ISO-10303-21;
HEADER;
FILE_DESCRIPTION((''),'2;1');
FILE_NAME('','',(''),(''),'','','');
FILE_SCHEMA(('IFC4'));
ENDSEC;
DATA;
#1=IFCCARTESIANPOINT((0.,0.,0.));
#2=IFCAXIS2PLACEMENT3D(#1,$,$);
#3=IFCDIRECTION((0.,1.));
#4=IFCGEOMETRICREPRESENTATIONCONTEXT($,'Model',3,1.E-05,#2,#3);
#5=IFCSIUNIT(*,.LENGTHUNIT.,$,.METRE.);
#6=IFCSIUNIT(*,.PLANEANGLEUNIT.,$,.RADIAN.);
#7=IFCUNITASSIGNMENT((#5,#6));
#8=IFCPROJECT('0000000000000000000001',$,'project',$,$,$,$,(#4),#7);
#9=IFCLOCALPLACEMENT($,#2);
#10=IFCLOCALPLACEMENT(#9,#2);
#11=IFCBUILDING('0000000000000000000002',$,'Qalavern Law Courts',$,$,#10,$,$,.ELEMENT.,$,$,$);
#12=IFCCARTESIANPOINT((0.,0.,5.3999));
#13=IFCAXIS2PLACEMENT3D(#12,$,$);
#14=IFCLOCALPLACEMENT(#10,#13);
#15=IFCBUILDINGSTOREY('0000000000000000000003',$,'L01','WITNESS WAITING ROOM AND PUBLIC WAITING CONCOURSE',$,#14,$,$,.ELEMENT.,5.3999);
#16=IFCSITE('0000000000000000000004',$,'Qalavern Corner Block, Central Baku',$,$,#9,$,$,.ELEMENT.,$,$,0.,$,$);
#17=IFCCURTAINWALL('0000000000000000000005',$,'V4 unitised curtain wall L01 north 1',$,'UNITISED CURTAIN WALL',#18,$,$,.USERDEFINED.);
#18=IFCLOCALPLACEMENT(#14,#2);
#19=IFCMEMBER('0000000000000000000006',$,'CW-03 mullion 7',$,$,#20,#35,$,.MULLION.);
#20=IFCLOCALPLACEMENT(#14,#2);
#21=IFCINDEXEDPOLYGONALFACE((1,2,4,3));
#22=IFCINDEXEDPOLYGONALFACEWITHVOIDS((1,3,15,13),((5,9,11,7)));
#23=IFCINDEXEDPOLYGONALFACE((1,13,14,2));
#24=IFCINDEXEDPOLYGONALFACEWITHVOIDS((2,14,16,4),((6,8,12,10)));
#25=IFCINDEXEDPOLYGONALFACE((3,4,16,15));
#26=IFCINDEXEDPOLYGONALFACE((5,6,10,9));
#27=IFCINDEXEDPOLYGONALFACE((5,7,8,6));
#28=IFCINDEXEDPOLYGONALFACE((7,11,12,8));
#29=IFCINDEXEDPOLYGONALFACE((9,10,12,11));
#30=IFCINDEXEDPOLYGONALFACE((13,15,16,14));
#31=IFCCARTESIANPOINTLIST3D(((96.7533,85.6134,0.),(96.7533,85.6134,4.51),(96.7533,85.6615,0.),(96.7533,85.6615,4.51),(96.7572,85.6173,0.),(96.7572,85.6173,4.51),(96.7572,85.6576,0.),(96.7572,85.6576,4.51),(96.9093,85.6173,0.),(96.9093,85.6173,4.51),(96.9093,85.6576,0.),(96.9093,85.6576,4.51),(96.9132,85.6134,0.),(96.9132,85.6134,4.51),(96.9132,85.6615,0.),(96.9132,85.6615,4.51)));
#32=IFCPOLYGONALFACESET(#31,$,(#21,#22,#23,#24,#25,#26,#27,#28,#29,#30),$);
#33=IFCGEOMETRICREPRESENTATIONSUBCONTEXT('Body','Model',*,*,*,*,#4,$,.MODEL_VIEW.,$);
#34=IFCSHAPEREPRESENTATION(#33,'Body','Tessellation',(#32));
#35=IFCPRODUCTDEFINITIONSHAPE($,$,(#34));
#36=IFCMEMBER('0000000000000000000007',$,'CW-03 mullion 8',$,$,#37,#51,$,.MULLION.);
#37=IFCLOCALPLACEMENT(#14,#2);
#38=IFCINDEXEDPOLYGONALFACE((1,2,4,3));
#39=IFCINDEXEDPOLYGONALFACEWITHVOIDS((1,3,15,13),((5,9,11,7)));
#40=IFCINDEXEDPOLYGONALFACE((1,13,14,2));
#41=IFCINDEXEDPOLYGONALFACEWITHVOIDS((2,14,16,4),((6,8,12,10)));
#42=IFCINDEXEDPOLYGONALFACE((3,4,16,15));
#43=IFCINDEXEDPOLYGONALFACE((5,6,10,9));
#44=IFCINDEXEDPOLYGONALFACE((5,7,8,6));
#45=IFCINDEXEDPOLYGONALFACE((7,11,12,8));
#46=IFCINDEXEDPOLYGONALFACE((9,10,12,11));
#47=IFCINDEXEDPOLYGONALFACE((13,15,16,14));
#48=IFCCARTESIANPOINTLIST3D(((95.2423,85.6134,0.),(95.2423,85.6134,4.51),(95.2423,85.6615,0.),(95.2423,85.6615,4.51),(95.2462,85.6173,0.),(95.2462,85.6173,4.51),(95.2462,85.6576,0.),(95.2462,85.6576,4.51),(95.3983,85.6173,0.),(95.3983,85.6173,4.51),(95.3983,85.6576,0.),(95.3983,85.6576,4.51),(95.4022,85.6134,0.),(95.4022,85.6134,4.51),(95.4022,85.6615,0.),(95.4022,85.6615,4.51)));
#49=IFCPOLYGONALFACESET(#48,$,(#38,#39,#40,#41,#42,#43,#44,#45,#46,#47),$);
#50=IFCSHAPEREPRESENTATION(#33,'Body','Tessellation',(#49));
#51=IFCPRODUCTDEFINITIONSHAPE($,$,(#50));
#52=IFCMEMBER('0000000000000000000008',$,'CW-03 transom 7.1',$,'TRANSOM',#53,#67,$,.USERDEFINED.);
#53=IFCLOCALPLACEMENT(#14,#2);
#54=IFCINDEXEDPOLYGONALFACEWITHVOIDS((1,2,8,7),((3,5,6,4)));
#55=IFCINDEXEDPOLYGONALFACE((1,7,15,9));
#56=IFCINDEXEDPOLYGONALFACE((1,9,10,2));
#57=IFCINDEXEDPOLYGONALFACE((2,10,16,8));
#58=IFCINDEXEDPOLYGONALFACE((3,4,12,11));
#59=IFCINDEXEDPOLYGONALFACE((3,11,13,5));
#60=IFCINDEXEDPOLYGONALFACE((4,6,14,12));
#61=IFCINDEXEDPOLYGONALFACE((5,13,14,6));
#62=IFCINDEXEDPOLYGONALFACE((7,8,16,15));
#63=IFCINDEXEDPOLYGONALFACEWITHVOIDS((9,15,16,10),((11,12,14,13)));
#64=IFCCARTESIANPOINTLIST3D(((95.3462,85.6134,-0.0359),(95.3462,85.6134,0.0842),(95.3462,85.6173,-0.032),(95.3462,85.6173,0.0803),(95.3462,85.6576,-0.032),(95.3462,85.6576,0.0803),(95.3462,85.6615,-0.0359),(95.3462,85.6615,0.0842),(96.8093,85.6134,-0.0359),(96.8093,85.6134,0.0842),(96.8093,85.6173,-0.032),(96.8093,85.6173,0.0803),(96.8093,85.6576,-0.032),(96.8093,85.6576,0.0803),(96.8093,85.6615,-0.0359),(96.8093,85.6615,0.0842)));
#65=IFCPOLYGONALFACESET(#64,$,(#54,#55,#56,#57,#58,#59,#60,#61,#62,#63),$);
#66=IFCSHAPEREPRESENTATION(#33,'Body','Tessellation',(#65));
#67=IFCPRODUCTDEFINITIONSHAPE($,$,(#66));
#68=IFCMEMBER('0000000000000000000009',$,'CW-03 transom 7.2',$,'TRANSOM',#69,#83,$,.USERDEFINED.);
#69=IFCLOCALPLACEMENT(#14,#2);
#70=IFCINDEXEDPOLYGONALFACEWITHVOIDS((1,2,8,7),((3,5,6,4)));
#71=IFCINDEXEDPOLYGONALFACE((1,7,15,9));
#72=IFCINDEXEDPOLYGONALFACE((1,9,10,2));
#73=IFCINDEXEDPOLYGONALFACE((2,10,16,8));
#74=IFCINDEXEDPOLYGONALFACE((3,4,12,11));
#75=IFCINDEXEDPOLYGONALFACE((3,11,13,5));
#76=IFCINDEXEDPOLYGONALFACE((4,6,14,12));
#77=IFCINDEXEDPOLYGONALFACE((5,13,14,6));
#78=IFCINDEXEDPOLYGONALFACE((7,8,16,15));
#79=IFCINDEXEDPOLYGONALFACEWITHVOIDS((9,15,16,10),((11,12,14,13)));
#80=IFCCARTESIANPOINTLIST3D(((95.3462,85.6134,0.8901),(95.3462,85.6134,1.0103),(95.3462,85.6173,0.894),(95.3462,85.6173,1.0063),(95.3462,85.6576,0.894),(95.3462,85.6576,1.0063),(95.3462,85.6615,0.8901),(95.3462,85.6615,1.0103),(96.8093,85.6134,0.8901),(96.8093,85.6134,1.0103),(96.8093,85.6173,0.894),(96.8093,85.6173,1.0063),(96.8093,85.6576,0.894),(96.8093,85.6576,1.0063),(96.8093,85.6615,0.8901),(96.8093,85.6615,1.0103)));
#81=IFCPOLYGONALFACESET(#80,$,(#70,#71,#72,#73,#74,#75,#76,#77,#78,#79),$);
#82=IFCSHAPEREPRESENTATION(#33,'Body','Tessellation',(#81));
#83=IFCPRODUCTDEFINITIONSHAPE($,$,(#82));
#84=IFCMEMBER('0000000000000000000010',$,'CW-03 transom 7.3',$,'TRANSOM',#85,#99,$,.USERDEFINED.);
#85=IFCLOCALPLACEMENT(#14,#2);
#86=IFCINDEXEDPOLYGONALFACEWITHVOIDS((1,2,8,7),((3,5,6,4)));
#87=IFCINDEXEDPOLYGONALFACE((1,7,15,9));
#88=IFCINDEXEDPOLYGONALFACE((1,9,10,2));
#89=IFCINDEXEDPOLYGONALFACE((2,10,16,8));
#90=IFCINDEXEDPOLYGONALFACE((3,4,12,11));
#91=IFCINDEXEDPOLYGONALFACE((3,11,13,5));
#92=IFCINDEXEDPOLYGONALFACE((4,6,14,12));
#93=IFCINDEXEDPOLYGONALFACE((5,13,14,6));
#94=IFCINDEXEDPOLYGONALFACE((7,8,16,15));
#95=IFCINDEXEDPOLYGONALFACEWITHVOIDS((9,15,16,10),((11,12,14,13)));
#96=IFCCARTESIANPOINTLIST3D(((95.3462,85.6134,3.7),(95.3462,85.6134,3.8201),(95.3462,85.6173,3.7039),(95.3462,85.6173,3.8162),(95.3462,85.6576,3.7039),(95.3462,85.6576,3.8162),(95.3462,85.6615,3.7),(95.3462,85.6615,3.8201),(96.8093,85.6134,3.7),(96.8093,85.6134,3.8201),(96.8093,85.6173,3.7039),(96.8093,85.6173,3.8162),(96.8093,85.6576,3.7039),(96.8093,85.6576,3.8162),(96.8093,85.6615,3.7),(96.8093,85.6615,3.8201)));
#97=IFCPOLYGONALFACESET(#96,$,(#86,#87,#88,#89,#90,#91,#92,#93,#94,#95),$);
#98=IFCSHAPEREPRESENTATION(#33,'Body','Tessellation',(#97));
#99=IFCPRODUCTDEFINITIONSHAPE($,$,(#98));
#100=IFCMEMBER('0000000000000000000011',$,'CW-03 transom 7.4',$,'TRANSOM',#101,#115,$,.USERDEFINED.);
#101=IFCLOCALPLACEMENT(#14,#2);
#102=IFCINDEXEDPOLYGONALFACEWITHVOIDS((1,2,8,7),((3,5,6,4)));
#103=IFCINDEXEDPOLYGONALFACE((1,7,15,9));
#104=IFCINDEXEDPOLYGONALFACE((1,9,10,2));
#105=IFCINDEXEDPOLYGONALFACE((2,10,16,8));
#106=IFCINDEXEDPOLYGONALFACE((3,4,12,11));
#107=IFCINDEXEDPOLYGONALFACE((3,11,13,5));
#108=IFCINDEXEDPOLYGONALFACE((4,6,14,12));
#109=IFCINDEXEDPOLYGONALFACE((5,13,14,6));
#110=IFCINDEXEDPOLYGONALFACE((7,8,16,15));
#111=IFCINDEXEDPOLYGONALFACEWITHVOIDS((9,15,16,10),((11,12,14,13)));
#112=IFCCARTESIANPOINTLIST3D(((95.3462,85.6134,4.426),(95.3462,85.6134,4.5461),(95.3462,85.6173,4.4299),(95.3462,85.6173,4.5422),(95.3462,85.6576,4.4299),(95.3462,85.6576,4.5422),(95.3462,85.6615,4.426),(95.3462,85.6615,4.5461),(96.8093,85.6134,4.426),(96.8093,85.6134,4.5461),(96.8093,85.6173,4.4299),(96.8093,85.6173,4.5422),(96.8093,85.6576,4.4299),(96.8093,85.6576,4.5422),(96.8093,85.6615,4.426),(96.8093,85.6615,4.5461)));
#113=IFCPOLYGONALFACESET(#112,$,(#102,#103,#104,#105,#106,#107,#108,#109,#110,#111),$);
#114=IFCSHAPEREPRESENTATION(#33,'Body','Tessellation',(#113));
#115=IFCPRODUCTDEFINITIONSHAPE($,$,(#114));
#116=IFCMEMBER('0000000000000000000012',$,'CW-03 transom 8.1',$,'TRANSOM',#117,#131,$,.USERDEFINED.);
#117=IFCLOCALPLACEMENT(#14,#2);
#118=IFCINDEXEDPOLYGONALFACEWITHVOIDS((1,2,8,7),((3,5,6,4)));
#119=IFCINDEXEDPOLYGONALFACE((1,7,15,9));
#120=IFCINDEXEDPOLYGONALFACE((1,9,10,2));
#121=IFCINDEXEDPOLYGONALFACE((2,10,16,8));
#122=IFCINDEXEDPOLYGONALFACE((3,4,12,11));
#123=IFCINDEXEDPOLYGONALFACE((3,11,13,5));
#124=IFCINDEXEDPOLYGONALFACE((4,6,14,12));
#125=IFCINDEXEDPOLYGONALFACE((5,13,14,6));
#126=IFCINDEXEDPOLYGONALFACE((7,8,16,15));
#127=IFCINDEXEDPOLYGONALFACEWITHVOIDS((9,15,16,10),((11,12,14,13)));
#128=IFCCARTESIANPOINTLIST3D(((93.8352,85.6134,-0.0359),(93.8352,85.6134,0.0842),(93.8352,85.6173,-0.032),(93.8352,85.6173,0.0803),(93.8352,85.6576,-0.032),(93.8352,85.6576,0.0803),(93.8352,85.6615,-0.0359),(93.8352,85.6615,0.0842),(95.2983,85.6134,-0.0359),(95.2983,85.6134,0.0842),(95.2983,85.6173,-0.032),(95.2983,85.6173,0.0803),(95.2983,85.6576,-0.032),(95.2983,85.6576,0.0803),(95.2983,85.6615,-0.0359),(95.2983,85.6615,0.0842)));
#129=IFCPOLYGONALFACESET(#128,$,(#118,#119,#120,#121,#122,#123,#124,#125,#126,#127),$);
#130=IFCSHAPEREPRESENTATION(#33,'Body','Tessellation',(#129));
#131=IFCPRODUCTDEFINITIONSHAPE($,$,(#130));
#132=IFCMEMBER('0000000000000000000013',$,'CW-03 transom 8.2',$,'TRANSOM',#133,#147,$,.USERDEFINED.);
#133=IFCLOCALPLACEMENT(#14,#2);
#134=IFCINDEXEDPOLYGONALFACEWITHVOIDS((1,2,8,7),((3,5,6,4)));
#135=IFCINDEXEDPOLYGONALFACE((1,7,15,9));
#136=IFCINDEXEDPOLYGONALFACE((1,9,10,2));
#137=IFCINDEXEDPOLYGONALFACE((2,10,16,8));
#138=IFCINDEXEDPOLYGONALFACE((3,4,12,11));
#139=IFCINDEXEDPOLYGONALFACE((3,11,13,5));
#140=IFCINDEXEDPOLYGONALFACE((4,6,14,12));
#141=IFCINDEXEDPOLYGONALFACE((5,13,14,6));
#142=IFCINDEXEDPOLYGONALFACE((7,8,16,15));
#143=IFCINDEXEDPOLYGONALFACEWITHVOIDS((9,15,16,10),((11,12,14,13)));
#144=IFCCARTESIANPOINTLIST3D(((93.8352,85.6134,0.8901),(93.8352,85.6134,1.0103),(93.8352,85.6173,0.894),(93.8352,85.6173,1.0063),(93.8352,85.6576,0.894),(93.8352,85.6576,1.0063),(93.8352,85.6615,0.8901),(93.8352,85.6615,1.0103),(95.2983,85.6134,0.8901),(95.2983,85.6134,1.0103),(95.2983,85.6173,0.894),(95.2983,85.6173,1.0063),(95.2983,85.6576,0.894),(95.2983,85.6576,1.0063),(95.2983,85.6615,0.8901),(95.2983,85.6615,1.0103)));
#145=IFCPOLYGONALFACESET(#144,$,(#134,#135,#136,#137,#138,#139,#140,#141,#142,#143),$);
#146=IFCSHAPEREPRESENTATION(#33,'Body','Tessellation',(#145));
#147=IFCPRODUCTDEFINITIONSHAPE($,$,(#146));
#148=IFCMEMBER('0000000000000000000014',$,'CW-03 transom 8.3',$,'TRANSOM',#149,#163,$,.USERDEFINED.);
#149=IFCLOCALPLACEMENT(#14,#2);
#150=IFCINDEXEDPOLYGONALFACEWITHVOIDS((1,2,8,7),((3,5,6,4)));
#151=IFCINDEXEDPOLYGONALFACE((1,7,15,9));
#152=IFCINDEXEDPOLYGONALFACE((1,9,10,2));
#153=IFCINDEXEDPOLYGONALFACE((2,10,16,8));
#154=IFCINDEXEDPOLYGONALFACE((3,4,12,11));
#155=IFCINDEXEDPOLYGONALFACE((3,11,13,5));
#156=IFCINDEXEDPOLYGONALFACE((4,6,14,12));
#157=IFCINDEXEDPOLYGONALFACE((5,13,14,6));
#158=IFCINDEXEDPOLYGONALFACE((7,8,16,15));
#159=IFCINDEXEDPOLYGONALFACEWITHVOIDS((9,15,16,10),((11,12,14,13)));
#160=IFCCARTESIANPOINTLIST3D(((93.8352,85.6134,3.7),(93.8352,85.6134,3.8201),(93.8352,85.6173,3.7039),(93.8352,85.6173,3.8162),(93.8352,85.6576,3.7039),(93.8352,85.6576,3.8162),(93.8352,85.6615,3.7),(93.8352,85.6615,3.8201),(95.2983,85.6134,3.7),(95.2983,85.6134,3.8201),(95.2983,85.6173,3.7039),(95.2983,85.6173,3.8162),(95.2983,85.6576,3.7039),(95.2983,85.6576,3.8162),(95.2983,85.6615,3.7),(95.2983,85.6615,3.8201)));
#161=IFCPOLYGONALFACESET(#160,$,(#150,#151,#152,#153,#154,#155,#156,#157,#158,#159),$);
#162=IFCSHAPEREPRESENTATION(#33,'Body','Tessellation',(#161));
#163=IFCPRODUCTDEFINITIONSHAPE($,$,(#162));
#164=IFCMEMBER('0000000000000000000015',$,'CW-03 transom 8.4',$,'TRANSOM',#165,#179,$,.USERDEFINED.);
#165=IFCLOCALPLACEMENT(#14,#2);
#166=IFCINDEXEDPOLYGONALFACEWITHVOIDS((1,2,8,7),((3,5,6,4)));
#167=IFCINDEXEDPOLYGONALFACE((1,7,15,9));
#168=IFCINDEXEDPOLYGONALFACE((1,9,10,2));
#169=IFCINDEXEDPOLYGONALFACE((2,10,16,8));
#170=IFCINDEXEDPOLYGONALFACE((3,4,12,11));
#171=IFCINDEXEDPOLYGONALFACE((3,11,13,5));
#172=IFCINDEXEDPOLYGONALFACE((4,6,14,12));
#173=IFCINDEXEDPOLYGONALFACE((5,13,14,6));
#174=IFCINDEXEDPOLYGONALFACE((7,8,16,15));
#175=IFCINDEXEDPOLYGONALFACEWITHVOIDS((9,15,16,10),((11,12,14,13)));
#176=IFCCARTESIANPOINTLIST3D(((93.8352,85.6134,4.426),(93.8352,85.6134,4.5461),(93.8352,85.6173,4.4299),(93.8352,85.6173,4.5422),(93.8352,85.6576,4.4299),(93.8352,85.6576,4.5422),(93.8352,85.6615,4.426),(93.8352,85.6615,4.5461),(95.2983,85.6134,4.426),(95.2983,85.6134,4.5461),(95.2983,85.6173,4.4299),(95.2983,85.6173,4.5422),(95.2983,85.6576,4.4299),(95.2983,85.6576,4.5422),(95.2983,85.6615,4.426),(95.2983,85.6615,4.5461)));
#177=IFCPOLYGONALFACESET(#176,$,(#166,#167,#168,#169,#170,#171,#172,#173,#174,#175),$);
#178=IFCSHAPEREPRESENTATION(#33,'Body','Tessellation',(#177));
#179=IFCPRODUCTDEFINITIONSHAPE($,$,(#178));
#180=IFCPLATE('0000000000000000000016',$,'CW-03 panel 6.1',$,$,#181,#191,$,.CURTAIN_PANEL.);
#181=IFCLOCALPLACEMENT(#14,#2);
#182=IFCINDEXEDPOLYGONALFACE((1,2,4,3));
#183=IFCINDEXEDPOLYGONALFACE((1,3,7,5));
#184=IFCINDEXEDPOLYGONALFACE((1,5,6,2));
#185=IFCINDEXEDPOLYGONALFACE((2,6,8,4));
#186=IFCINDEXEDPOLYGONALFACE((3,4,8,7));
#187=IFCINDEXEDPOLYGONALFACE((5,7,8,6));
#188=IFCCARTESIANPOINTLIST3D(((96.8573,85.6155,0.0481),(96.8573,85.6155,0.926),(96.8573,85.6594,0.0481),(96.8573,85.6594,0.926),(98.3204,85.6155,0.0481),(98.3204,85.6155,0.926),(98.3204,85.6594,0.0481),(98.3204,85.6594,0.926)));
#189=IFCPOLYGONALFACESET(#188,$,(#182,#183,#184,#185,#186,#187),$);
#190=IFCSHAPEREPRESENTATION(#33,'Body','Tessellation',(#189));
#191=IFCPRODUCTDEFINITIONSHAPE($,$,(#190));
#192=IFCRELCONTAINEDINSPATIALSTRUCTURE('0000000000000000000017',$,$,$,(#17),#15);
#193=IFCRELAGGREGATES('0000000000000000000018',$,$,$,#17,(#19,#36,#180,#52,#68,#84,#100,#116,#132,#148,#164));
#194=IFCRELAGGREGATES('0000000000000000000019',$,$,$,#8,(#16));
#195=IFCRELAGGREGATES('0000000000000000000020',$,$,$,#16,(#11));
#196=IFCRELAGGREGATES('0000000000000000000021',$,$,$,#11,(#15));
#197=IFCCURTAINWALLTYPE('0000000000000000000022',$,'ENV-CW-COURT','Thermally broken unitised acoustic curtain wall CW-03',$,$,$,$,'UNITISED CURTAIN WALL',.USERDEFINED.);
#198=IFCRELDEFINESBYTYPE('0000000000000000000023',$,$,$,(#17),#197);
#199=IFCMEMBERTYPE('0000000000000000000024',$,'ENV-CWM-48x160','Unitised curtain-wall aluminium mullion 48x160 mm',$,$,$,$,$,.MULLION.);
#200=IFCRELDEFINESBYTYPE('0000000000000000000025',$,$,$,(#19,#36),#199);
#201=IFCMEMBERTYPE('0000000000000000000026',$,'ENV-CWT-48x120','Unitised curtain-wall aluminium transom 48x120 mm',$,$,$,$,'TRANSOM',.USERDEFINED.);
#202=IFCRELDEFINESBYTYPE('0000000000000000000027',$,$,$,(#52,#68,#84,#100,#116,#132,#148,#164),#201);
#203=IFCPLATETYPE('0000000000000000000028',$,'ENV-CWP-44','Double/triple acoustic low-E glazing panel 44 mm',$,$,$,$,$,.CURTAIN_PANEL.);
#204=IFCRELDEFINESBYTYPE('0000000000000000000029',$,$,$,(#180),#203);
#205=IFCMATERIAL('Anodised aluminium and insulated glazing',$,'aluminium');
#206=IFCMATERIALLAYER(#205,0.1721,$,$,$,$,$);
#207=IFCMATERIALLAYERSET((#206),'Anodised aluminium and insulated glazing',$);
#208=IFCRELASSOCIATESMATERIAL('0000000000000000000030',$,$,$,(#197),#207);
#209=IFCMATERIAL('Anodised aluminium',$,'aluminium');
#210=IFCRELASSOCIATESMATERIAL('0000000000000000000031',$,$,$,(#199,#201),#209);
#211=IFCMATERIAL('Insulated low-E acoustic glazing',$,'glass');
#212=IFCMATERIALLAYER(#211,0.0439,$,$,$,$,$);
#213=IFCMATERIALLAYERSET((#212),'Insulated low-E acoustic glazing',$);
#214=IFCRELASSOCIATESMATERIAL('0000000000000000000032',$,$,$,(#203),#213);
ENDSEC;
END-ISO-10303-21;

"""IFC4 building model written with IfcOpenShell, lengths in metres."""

from ifc_helpers import new_model, si_unit, direction, frame, origin, origin_2d, place, context, subcontext, project, spatial, rectangle, hollow_rectangle, extrude, material, layer, layer_set, material_profile, profile_set, type_object, element, aggregate, save


model = new_model("IFC4")

# Units and contexts
model_context = context("Model", 3, precision=1e-05, world=origin(), true_north=direction((0.0, 1.0)))
body_context = subcontext(model_context, "Body", "Model", "MODEL_VIEW")
ifc_project = project(units=[si_unit("LENGTHUNIT", "METRE"), si_unit("PLANEANGLEUNIT", "RADIAN")], contexts=[model_context])

# Site, building, storey
site_placement = place(None, origin())
site = spatial("IfcSite", under=ifc_project, at=site_placement, Name="Qalavern Corner Block, Central Baku", CompositionType="ELEMENT", RefElevation=0.0)
building_placement = place(site_placement, origin())
building = spatial("IfcBuilding", under=site, at=building_placement, Name="Qalavern Law Courts", CompositionType="ELEMENT")
storey_placement = place(building_placement, frame((0.0, 0.0, 5.3999)))
storey = spatial("IfcBuildingStorey", under=building, at=storey_placement, Name="L01", Description="WITNESS WAITING ROOM AND PUBLIC WAITING CONCOURSE", CompositionType="ELEMENT", Elevation=5.3999)

# Curtain wall, members, plate
ifc_material_1 = material(Name="Anodised aluminium and insulated glazing", Category="aluminium")
ifc_layer_1 = layer(ifc_material_1, 0.1721)
ifc_layer_set_1 = layer_set([ifc_layer_1], Name="Anodised aluminium and insulated glazing")
curtain_wall_type = type_object("IfcCurtainWallType", Name="ENV-CW-COURT", Description="Thermally broken unitised acoustic curtain wall CW-03", ElementType="UNITISED CURTAIN WALL", PredefinedType="USERDEFINED", material=ifc_layer_set_1)
curtain_wall_placement = place(storey_placement, origin())
curtain_wall = element("IfcCurtainWall", 1, at=curtain_wall_placement, inside=storey, type_object=curtain_wall_type, Name="V4 unitised curtain wall L01 north 1", ObjectType="UNITISED CURTAIN WALL", PredefinedType="USERDEFINED")
ifc_material_2 = material(Name="Anodised aluminium", Category="aluminium")
ifc_material_profile_1 = material_profile(ifc_material_2, hollow_rectangle(XDim=0.0481, YDim=0.1599, WallThickness=0.0039, at=origin_2d()), Name="ALU MULLION 48x160")
ifc_profile_set_1 = profile_set([ifc_material_profile_1], Name="Anodised aluminium")
member_type_1 = type_object("IfcMemberType", Name="ENV-CWM-48x160", Description="Unitised curtain-wall aluminium mullion 48x160 mm", PredefinedType="MULLION", material=ifc_profile_set_1)
member_1_placement = place(storey_placement, frame((96.8333, 85.6375, 0.0), z_axis=(0.0, 0.0, 1.0), x_axis=(0.0, -1.0, 0.0)))
member_1 = element("IfcMember", 2, at=member_1_placement, type_object=member_type_1, Name="CW-03 mullion 7", PredefinedType="MULLION", context=body_context, shape_type="SweptSolid", body=[
    extrude(hollow_rectangle(XDim=0.0481, YDim=0.1599, WallThickness=0.0039, at=origin_2d()), origin(), (0.0, 0.0, 1.0), 4.51),
])
member_2_placement = place(storey_placement, frame((95.3223, 85.6375, 0.0), z_axis=(0.0, 0.0, 1.0), x_axis=(0.0, -1.0, 0.0)))
member_2 = element("IfcMember", 3, at=member_2_placement, type_object=member_type_1, Name="CW-03 mullion 8", PredefinedType="MULLION", context=body_context, shape_type="SweptSolid", body=[
    extrude(hollow_rectangle(XDim=0.0481, YDim=0.1599, WallThickness=0.0039, at=origin_2d()), origin(), (0.0, 0.0, 1.0), 4.51),
])
ifc_material_profile_2 = material_profile(ifc_material_2, hollow_rectangle(XDim=0.0481, YDim=0.1201, WallThickness=0.0039, at=origin_2d()), Name="ALU TRANSOM 48x120")
ifc_profile_set_2 = profile_set([ifc_material_profile_2], Name="Anodised aluminium")
member_type_2 = type_object("IfcMemberType", Name="ENV-CWT-48x120", Description="Unitised curtain-wall aluminium transom 48x120 mm", ElementType="TRANSOM", PredefinedType="USERDEFINED", material=ifc_profile_set_2)
member_3_placement = place(storey_placement, frame((96.8093, 85.6375, 0.0242), z_axis=(-1.0, 0.0, 0.0), x_axis=(0.0, -1.0, 0.0)))
member_3 = element("IfcMember", 4, at=member_3_placement, type_object=member_type_2, Name="CW-03 transom 7.1", ObjectType="TRANSOM", PredefinedType="USERDEFINED", context=body_context, shape_type="SweptSolid", body=[
    extrude(hollow_rectangle(XDim=0.0481, YDim=0.1201, WallThickness=0.0039, at=origin_2d()), origin(), (0.0, 0.0, 1.0), 1.4631),
])
member_4_placement = place(storey_placement, frame((96.8093, 85.6375, 0.9502), z_axis=(-1.0, 0.0, 0.0), x_axis=(0.0, -1.0, 0.0)))
member_4 = element("IfcMember", 5, at=member_4_placement, type_object=member_type_2, Name="CW-03 transom 7.2", ObjectType="TRANSOM", PredefinedType="USERDEFINED", context=body_context, shape_type="SweptSolid", body=[
    extrude(hollow_rectangle(XDim=0.0481, YDim=0.1201, WallThickness=0.0039, at=origin_2d()), origin(), (0.0, 0.0, 1.0), 1.4631),
])
member_5_placement = place(storey_placement, frame((96.8093, 85.6375, 3.76), z_axis=(-1.0, 0.0, 0.0), x_axis=(0.0, -1.0, 0.0)))
member_5 = element("IfcMember", 6, at=member_5_placement, type_object=member_type_2, Name="CW-03 transom 7.3", ObjectType="TRANSOM", PredefinedType="USERDEFINED", context=body_context, shape_type="SweptSolid", body=[
    extrude(hollow_rectangle(XDim=0.0481, YDim=0.1201, WallThickness=0.0039, at=origin_2d()), origin(), (0.0, 0.0, 1.0), 1.4631),
])
member_6_placement = place(storey_placement, frame((96.8093, 85.6375, 4.4861), z_axis=(-1.0, 0.0, 0.0), x_axis=(0.0, -1.0, 0.0)))
member_6 = element("IfcMember", 7, at=member_6_placement, type_object=member_type_2, Name="CW-03 transom 7.4", ObjectType="TRANSOM", PredefinedType="USERDEFINED", context=body_context, shape_type="SweptSolid", body=[
    extrude(hollow_rectangle(XDim=0.0481, YDim=0.1201, WallThickness=0.0039, at=origin_2d()), origin(), (0.0, 0.0, 1.0), 1.4631),
])
member_7_placement = place(storey_placement, frame((95.2983, 85.6375, 0.0242), z_axis=(-1.0, 0.0, 0.0), x_axis=(0.0, -1.0, 0.0)))
member_7 = element("IfcMember", 8, at=member_7_placement, type_object=member_type_2, Name="CW-03 transom 8.1", ObjectType="TRANSOM", PredefinedType="USERDEFINED", context=body_context, shape_type="SweptSolid", body=[
    extrude(hollow_rectangle(XDim=0.0481, YDim=0.1201, WallThickness=0.0039, at=origin_2d()), origin(), (0.0, 0.0, 1.0), 1.4631),
])
member_8_placement = place(storey_placement, frame((95.2983, 85.6375, 0.9502), z_axis=(-1.0, 0.0, 0.0), x_axis=(0.0, -1.0, 0.0)))
member_8 = element("IfcMember", 9, at=member_8_placement, type_object=member_type_2, Name="CW-03 transom 8.2", ObjectType="TRANSOM", PredefinedType="USERDEFINED", context=body_context, shape_type="SweptSolid", body=[
    extrude(hollow_rectangle(XDim=0.0481, YDim=0.1201, WallThickness=0.0039, at=origin_2d()), origin(), (0.0, 0.0, 1.0), 1.4631),
])
member_9_placement = place(storey_placement, frame((95.2983, 85.6375, 3.76), z_axis=(-1.0, 0.0, 0.0), x_axis=(0.0, -1.0, 0.0)))
member_9 = element("IfcMember", 10, at=member_9_placement, type_object=member_type_2, Name="CW-03 transom 8.3", ObjectType="TRANSOM", PredefinedType="USERDEFINED", context=body_context, shape_type="SweptSolid", body=[
    extrude(hollow_rectangle(XDim=0.0481, YDim=0.1201, WallThickness=0.0039, at=origin_2d()), origin(), (0.0, 0.0, 1.0), 1.4631),
])
member_10_placement = place(storey_placement, frame((95.2983, 85.6375, 4.4861), z_axis=(-1.0, 0.0, 0.0), x_axis=(0.0, -1.0, 0.0)))
member_10 = element("IfcMember", 11, at=member_10_placement, type_object=member_type_2, Name="CW-03 transom 8.4", ObjectType="TRANSOM", PredefinedType="USERDEFINED", context=body_context, shape_type="SweptSolid", body=[
    extrude(hollow_rectangle(XDim=0.0481, YDim=0.1201, WallThickness=0.0039, at=origin_2d()), origin(), (0.0, 0.0, 1.0), 1.4631),
])
ifc_material_3 = material(Name="Insulated low-E acoustic glazing", Category="glass")
ifc_layer_2 = layer(ifc_material_3, 0.0439)
ifc_layer_set_2 = layer_set([ifc_layer_2], Name="Insulated low-E acoustic glazing")
plate_type = type_object("IfcPlateType", Name="ENV-CWP-44", Description="Double/triple acoustic low-E glazing panel 44 mm", PredefinedType="CURTAIN_PANEL", material=ifc_layer_set_2)
plate_1_placement = place(storey_placement, frame((97.5889, 85.6375, 0.0481), z_axis=(0.0, 0.0, 1.0), x_axis=(-1.0, 0.0, 0.0)))
plate_1 = element("IfcPlate", 12, at=plate_1_placement, type_object=plate_type, Name="CW-03 panel 6.1", PredefinedType="CURTAIN_PANEL", context=body_context, shape_type="SweptSolid", body=[
    extrude(rectangle(XDim=1.4631, YDim=0.0439, at=origin_2d()), origin(), (0.0, 0.0, 1.0), 0.8779),
])
aggregate(curtain_wall, [member_1, member_2, plate_1, member_3, member_4, member_5, member_6, member_7, member_8, member_9, member_10])

save(model, "model.ifc")
